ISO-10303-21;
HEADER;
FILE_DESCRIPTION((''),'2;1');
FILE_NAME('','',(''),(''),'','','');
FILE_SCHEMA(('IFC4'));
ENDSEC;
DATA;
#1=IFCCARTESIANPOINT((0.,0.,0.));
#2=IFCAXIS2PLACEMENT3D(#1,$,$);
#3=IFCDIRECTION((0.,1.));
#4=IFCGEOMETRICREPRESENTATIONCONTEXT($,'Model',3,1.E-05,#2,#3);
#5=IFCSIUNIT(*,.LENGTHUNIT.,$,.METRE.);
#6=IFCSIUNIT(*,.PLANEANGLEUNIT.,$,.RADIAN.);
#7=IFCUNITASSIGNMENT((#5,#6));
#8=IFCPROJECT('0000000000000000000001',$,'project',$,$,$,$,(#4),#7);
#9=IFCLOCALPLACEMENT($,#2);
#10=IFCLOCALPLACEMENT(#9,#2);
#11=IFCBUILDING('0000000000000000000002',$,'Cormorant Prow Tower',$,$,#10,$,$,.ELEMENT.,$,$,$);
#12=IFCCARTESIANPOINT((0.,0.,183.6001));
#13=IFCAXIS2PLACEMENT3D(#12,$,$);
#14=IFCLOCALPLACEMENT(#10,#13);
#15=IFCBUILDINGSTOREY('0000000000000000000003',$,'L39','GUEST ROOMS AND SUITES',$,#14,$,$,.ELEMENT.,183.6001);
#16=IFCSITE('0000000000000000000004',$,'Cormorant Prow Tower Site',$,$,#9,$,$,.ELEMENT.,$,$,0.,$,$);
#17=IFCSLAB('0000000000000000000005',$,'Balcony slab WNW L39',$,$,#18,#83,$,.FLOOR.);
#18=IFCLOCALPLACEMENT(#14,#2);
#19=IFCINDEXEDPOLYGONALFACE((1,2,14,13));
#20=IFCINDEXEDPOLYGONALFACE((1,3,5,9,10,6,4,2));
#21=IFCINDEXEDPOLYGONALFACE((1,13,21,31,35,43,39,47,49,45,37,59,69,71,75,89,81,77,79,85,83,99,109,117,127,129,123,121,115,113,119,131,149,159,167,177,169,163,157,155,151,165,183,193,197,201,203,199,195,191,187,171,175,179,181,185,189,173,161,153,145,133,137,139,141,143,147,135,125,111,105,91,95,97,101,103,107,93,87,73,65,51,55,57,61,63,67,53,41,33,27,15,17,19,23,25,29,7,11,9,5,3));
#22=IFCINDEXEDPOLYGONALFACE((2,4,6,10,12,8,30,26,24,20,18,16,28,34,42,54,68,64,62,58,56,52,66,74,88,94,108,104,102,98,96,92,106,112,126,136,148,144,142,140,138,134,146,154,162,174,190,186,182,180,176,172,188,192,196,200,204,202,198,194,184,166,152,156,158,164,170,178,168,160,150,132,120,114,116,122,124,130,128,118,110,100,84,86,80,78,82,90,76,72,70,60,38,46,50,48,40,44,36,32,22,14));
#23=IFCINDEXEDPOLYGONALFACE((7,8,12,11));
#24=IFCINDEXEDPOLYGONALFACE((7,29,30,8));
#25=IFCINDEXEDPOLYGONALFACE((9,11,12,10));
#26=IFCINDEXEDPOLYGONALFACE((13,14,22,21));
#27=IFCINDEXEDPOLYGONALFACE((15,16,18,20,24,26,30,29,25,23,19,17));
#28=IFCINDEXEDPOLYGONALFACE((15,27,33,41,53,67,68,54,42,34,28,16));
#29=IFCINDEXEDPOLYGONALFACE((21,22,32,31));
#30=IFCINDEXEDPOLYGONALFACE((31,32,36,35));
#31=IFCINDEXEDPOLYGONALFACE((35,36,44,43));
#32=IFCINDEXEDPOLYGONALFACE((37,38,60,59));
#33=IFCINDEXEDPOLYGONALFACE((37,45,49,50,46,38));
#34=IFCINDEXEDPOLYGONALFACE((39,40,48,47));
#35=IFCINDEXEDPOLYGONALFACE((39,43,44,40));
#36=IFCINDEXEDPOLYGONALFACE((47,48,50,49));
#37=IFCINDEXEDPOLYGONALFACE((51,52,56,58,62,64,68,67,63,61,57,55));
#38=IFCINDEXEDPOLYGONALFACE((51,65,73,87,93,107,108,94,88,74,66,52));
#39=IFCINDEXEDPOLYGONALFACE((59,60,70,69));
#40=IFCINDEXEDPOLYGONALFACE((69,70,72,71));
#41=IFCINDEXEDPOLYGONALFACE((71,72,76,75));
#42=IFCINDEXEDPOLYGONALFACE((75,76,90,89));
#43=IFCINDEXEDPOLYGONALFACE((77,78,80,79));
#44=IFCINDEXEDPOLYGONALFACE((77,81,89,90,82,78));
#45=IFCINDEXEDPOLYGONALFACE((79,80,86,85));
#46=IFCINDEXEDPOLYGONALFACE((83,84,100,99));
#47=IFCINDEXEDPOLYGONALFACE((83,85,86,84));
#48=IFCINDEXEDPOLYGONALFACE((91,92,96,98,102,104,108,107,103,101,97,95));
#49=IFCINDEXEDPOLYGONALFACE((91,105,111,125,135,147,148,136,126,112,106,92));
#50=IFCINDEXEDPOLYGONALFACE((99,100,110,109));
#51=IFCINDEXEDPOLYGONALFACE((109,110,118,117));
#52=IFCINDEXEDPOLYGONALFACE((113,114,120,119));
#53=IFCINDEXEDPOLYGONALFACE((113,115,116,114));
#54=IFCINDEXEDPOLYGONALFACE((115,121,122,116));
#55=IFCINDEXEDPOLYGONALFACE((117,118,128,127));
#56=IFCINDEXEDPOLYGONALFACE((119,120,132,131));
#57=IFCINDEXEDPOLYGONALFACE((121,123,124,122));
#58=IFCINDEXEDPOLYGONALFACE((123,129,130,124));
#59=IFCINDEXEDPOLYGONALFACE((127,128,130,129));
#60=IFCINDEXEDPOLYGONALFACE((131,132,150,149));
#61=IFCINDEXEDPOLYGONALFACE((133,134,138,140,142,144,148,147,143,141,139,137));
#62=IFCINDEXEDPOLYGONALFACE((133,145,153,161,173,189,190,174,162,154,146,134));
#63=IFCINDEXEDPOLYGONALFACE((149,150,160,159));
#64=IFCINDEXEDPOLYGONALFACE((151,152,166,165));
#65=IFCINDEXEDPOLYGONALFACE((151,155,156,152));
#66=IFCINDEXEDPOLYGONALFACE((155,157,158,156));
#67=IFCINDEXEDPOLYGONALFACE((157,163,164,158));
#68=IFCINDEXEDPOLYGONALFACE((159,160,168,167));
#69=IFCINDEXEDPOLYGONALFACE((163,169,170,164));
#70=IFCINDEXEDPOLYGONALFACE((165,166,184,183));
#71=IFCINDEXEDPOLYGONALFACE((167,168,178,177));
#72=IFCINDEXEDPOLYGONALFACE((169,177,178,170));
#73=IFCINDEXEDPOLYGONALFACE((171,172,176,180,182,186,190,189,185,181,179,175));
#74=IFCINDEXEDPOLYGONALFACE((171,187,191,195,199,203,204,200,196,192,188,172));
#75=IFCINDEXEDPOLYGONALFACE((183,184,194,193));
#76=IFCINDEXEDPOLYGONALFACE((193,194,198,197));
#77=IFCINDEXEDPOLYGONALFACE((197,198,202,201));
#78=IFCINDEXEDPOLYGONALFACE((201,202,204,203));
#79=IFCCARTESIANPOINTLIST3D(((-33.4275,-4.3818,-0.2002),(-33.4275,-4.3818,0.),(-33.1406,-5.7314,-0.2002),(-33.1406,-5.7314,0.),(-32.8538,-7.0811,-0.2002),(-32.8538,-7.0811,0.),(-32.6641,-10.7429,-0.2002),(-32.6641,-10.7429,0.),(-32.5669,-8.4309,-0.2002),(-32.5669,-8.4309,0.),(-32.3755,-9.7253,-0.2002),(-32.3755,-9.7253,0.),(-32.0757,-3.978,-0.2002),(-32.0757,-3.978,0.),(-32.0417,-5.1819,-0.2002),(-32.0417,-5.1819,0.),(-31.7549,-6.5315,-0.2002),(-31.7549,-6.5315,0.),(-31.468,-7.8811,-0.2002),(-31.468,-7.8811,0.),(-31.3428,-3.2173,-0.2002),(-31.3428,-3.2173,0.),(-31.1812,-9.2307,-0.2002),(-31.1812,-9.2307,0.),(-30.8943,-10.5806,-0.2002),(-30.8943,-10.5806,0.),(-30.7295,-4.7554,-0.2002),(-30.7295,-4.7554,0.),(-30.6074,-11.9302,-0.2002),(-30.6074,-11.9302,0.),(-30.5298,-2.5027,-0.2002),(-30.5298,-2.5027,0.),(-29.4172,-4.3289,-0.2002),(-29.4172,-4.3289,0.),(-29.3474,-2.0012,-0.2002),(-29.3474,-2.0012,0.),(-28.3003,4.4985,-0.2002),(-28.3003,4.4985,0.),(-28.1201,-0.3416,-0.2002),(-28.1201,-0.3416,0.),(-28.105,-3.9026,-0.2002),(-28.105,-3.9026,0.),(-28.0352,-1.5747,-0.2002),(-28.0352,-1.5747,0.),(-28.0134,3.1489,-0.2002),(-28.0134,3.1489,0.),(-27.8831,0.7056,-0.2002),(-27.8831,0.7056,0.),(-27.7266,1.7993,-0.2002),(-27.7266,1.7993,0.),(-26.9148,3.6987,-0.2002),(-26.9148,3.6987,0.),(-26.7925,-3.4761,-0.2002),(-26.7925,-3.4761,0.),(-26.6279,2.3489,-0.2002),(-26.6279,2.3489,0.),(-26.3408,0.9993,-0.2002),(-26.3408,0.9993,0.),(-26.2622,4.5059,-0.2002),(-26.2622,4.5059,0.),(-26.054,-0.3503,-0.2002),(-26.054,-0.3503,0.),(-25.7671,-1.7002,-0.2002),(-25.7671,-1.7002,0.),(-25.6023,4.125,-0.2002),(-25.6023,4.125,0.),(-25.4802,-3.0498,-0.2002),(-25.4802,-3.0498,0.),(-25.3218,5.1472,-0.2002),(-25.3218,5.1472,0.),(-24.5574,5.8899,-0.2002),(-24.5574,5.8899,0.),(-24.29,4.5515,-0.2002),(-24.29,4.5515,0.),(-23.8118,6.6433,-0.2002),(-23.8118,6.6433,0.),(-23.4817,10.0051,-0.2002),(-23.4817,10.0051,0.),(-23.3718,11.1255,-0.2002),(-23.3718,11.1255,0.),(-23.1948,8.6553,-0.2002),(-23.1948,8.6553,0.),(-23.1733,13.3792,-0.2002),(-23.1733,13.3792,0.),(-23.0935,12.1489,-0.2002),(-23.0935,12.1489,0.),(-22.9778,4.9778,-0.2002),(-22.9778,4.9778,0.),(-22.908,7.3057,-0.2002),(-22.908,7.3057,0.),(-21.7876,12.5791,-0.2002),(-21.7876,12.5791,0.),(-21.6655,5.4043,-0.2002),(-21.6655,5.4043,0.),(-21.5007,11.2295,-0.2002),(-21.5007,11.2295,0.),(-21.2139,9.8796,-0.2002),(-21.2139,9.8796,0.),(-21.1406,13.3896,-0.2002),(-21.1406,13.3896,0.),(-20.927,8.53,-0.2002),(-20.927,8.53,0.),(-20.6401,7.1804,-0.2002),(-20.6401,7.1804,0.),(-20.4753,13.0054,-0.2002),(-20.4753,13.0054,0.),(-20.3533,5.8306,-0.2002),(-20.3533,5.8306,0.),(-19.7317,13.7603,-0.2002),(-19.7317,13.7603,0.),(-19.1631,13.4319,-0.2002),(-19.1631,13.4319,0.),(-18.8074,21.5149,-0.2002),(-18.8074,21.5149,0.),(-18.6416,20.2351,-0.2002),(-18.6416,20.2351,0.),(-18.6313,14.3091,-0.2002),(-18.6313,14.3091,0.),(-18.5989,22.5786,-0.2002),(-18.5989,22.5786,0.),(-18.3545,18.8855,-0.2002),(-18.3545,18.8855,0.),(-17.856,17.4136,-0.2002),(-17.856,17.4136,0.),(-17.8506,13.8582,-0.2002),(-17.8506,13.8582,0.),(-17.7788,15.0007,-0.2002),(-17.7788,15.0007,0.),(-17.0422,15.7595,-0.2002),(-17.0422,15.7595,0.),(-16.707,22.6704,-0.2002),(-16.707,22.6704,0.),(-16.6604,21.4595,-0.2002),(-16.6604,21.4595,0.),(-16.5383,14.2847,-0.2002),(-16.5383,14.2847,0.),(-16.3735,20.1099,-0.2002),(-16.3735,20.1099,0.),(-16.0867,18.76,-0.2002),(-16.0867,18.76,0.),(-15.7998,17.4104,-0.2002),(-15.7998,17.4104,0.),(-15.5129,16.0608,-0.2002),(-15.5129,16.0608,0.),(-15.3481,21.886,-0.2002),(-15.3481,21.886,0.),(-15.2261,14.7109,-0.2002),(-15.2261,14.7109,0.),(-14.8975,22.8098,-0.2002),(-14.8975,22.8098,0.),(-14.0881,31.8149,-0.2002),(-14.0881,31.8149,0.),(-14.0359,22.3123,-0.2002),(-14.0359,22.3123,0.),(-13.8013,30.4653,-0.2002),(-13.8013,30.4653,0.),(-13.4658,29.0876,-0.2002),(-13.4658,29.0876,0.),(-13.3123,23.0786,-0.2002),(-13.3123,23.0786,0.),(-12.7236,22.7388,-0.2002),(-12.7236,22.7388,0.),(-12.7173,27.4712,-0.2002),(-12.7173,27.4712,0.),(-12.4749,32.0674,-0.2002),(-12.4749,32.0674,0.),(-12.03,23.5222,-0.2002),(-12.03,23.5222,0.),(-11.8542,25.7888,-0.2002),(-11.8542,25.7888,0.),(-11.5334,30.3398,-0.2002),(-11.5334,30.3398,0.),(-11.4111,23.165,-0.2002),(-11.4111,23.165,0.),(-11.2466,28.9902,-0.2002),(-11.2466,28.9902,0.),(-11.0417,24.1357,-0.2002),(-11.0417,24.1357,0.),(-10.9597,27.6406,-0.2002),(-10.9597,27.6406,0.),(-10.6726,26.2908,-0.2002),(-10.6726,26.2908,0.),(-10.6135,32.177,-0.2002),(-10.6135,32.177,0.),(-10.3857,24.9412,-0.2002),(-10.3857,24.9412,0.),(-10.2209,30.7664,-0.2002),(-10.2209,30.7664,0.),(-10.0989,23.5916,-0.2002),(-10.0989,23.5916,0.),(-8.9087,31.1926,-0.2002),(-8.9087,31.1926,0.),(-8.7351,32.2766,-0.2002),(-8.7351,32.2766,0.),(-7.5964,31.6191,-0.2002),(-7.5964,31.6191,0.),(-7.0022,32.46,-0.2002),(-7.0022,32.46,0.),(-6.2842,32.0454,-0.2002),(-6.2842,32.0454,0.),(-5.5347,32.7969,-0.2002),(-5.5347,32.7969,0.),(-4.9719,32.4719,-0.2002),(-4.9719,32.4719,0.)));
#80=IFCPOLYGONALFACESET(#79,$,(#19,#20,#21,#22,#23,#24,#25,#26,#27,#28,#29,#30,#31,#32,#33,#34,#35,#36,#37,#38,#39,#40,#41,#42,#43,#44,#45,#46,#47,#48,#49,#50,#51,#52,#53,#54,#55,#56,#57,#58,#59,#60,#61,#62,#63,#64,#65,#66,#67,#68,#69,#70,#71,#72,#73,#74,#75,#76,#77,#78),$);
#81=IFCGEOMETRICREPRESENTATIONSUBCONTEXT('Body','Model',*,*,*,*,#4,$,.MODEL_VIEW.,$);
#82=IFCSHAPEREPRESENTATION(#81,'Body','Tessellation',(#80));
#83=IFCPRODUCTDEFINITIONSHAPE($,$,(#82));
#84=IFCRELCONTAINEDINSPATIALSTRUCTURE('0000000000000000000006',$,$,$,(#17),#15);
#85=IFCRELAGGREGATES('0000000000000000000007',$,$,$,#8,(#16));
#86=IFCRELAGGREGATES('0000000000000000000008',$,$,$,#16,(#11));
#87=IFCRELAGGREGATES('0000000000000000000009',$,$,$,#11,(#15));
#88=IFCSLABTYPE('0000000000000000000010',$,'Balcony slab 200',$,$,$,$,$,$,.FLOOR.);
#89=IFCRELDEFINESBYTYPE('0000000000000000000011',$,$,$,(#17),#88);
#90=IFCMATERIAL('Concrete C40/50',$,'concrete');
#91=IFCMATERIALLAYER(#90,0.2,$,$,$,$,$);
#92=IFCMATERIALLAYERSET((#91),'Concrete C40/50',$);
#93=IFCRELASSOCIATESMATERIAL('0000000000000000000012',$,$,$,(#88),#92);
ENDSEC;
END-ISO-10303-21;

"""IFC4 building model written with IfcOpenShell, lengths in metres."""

from ifc_helpers import new_model, si_unit, direction, frame, origin, place, context, subcontext, project, spatial, polyline, outline, extrude, material, layer, layer_set, type_object, element, save


model = new_model("IFC4")

# Units and contexts
model_context = context("Model", 3, precision=1e-05, world=origin(), true_north=direction((0.0, 1.0)))
body_context = subcontext(model_context, "Body", "Model", "MODEL_VIEW")
ifc_project = project(units=[si_unit("LENGTHUNIT", "METRE"), si_unit("PLANEANGLEUNIT", "RADIAN")], contexts=[model_context])

# Site, building, storey
site_placement = place(None, origin())
site = spatial("IfcSite", under=ifc_project, at=site_placement, Name="Cormorant Prow Tower Site", CompositionType="ELEMENT", RefElevation=0.0)
building_placement = place(site_placement, origin())
building = spatial("IfcBuilding", under=site, at=building_placement, Name="Cormorant Prow Tower", CompositionType="ELEMENT")
storey_placement = place(building_placement, frame((0.0, 0.0, 183.6001)))
storey = spatial("IfcBuildingStorey", under=building, at=storey_placement, Name="L39", Description="GUEST ROOMS AND SUITES", CompositionType="ELEMENT", Elevation=183.6001)

# Slab
ifc_material_1 = material(Name="Concrete C40/50", Category="concrete")
ifc_layer_1 = layer(ifc_material_1, 0.2)
ifc_layer_set_1 = layer_set([ifc_layer_1], Name="Concrete C40/50")
slab_type_1 = type_object("IfcSlabType", Name="Balcony slab 200", PredefinedType="FLOOR", material=ifc_layer_set_1)
slab_1_placement = place(storey_placement, frame((0.0, 0.0, -0.2002)))
element("IfcSlab", 1, at=slab_1_placement, inside=storey, type_object=slab_type_1, Name="Balcony slab WNW L39", PredefinedType="FLOOR", context=body_context, shape_type="SweptSolid", body=[
    extrude(outline(polyline([(-4.9719, 32.4719), (-5.5347, 32.7969), (-7.0022, 32.46), (-8.7351, 32.2766), (-10.6135, 32.177), (-12.4749, 32.0674), (-14.0881, 31.8149), (-13.8013, 30.4653), (-13.4658, 29.0876), (-12.7173, 27.4712), (-11.8542, 25.7888), (-11.0417, 24.1357), (-12.03, 23.5222), (-13.3123, 23.0786), (-14.8975, 22.8098), (-16.707, 22.6704), (-18.5989, 22.5786), (-18.8074, 21.5149), (-18.6416, 20.2351), (-18.3545, 18.8855), (-17.856, 17.4136), (-17.0422, 15.7595), (-17.7788, 15.0007), (-18.6313, 14.3091), (-19.7317, 13.7603), (-21.1406, 13.3896), (-23.1733, 13.3792), (-23.0935, 12.1489), (-23.3718, 11.1255), (-23.4817, 10.0051), (-23.1948, 8.6553), (-22.908, 7.3057), (-23.8118, 6.6433), (-24.5574, 5.8899), (-25.3218, 5.1472), (-26.2622, 4.5059), (-28.3003, 4.4985), (-28.0134, 3.1489), (-27.7266, 1.7993), (-27.8831, 0.7056), (-28.1201, -0.3416), (-28.0352, -1.5747), (-29.3474, -2.0012), (-30.5298, -2.5027), (-31.3428, -3.2173), (-32.0757, -3.978), (-33.4275, -4.3818), (-33.1406, -5.7314), (-32.8538, -7.0811), (-32.5669, -8.4309), (-32.3755, -9.7253), (-32.6641, -10.7429), (-30.6074, -11.9302), (-30.8943, -10.5806), (-31.1812, -9.2307), (-31.468, -7.8811), (-31.7549, -6.5315), (-32.0417, -5.1819), (-30.7295, -4.7554), (-29.4172, -4.3289), (-28.105, -3.9026), (-26.7925, -3.4761), (-25.4802, -3.0498), (-25.7671, -1.7002), (-26.054, -0.3503), (-26.3408, 0.9993), (-26.6279, 2.3489), (-26.9148, 3.6987), (-25.6023, 4.125), (-24.29, 4.5515), (-22.9778, 4.9778), (-21.6655, 5.4043), (-20.3533, 5.8306), (-20.6401, 7.1804), (-20.927, 8.53), (-21.2139, 9.8796), (-21.5007, 11.2295), (-21.7876, 12.5791), (-20.4753, 13.0054), (-19.1631, 13.4319), (-17.8506, 13.8582), (-16.5383, 14.2847), (-15.2261, 14.7109), (-15.5129, 16.0608), (-15.7998, 17.4104), (-16.0867, 18.76), (-16.3735, 20.1099), (-16.6604, 21.4595), (-15.3481, 21.886), (-14.0359, 22.3123), (-12.7236, 22.7388), (-11.4111, 23.165), (-10.0989, 23.5916), (-10.3857, 24.9412), (-10.6726, 26.2908), (-10.9597, 27.6406), (-11.2466, 28.9902), (-11.5334, 30.3398), (-10.2209, 30.7664), (-8.9087, 31.1926), (-7.5964, 31.6191), (-6.2842, 32.0454), (-4.9719, 32.4719)])), origin(), (0.0, 0.0, 1.0), 0.2002),
])

save(model, "model.ifc")
